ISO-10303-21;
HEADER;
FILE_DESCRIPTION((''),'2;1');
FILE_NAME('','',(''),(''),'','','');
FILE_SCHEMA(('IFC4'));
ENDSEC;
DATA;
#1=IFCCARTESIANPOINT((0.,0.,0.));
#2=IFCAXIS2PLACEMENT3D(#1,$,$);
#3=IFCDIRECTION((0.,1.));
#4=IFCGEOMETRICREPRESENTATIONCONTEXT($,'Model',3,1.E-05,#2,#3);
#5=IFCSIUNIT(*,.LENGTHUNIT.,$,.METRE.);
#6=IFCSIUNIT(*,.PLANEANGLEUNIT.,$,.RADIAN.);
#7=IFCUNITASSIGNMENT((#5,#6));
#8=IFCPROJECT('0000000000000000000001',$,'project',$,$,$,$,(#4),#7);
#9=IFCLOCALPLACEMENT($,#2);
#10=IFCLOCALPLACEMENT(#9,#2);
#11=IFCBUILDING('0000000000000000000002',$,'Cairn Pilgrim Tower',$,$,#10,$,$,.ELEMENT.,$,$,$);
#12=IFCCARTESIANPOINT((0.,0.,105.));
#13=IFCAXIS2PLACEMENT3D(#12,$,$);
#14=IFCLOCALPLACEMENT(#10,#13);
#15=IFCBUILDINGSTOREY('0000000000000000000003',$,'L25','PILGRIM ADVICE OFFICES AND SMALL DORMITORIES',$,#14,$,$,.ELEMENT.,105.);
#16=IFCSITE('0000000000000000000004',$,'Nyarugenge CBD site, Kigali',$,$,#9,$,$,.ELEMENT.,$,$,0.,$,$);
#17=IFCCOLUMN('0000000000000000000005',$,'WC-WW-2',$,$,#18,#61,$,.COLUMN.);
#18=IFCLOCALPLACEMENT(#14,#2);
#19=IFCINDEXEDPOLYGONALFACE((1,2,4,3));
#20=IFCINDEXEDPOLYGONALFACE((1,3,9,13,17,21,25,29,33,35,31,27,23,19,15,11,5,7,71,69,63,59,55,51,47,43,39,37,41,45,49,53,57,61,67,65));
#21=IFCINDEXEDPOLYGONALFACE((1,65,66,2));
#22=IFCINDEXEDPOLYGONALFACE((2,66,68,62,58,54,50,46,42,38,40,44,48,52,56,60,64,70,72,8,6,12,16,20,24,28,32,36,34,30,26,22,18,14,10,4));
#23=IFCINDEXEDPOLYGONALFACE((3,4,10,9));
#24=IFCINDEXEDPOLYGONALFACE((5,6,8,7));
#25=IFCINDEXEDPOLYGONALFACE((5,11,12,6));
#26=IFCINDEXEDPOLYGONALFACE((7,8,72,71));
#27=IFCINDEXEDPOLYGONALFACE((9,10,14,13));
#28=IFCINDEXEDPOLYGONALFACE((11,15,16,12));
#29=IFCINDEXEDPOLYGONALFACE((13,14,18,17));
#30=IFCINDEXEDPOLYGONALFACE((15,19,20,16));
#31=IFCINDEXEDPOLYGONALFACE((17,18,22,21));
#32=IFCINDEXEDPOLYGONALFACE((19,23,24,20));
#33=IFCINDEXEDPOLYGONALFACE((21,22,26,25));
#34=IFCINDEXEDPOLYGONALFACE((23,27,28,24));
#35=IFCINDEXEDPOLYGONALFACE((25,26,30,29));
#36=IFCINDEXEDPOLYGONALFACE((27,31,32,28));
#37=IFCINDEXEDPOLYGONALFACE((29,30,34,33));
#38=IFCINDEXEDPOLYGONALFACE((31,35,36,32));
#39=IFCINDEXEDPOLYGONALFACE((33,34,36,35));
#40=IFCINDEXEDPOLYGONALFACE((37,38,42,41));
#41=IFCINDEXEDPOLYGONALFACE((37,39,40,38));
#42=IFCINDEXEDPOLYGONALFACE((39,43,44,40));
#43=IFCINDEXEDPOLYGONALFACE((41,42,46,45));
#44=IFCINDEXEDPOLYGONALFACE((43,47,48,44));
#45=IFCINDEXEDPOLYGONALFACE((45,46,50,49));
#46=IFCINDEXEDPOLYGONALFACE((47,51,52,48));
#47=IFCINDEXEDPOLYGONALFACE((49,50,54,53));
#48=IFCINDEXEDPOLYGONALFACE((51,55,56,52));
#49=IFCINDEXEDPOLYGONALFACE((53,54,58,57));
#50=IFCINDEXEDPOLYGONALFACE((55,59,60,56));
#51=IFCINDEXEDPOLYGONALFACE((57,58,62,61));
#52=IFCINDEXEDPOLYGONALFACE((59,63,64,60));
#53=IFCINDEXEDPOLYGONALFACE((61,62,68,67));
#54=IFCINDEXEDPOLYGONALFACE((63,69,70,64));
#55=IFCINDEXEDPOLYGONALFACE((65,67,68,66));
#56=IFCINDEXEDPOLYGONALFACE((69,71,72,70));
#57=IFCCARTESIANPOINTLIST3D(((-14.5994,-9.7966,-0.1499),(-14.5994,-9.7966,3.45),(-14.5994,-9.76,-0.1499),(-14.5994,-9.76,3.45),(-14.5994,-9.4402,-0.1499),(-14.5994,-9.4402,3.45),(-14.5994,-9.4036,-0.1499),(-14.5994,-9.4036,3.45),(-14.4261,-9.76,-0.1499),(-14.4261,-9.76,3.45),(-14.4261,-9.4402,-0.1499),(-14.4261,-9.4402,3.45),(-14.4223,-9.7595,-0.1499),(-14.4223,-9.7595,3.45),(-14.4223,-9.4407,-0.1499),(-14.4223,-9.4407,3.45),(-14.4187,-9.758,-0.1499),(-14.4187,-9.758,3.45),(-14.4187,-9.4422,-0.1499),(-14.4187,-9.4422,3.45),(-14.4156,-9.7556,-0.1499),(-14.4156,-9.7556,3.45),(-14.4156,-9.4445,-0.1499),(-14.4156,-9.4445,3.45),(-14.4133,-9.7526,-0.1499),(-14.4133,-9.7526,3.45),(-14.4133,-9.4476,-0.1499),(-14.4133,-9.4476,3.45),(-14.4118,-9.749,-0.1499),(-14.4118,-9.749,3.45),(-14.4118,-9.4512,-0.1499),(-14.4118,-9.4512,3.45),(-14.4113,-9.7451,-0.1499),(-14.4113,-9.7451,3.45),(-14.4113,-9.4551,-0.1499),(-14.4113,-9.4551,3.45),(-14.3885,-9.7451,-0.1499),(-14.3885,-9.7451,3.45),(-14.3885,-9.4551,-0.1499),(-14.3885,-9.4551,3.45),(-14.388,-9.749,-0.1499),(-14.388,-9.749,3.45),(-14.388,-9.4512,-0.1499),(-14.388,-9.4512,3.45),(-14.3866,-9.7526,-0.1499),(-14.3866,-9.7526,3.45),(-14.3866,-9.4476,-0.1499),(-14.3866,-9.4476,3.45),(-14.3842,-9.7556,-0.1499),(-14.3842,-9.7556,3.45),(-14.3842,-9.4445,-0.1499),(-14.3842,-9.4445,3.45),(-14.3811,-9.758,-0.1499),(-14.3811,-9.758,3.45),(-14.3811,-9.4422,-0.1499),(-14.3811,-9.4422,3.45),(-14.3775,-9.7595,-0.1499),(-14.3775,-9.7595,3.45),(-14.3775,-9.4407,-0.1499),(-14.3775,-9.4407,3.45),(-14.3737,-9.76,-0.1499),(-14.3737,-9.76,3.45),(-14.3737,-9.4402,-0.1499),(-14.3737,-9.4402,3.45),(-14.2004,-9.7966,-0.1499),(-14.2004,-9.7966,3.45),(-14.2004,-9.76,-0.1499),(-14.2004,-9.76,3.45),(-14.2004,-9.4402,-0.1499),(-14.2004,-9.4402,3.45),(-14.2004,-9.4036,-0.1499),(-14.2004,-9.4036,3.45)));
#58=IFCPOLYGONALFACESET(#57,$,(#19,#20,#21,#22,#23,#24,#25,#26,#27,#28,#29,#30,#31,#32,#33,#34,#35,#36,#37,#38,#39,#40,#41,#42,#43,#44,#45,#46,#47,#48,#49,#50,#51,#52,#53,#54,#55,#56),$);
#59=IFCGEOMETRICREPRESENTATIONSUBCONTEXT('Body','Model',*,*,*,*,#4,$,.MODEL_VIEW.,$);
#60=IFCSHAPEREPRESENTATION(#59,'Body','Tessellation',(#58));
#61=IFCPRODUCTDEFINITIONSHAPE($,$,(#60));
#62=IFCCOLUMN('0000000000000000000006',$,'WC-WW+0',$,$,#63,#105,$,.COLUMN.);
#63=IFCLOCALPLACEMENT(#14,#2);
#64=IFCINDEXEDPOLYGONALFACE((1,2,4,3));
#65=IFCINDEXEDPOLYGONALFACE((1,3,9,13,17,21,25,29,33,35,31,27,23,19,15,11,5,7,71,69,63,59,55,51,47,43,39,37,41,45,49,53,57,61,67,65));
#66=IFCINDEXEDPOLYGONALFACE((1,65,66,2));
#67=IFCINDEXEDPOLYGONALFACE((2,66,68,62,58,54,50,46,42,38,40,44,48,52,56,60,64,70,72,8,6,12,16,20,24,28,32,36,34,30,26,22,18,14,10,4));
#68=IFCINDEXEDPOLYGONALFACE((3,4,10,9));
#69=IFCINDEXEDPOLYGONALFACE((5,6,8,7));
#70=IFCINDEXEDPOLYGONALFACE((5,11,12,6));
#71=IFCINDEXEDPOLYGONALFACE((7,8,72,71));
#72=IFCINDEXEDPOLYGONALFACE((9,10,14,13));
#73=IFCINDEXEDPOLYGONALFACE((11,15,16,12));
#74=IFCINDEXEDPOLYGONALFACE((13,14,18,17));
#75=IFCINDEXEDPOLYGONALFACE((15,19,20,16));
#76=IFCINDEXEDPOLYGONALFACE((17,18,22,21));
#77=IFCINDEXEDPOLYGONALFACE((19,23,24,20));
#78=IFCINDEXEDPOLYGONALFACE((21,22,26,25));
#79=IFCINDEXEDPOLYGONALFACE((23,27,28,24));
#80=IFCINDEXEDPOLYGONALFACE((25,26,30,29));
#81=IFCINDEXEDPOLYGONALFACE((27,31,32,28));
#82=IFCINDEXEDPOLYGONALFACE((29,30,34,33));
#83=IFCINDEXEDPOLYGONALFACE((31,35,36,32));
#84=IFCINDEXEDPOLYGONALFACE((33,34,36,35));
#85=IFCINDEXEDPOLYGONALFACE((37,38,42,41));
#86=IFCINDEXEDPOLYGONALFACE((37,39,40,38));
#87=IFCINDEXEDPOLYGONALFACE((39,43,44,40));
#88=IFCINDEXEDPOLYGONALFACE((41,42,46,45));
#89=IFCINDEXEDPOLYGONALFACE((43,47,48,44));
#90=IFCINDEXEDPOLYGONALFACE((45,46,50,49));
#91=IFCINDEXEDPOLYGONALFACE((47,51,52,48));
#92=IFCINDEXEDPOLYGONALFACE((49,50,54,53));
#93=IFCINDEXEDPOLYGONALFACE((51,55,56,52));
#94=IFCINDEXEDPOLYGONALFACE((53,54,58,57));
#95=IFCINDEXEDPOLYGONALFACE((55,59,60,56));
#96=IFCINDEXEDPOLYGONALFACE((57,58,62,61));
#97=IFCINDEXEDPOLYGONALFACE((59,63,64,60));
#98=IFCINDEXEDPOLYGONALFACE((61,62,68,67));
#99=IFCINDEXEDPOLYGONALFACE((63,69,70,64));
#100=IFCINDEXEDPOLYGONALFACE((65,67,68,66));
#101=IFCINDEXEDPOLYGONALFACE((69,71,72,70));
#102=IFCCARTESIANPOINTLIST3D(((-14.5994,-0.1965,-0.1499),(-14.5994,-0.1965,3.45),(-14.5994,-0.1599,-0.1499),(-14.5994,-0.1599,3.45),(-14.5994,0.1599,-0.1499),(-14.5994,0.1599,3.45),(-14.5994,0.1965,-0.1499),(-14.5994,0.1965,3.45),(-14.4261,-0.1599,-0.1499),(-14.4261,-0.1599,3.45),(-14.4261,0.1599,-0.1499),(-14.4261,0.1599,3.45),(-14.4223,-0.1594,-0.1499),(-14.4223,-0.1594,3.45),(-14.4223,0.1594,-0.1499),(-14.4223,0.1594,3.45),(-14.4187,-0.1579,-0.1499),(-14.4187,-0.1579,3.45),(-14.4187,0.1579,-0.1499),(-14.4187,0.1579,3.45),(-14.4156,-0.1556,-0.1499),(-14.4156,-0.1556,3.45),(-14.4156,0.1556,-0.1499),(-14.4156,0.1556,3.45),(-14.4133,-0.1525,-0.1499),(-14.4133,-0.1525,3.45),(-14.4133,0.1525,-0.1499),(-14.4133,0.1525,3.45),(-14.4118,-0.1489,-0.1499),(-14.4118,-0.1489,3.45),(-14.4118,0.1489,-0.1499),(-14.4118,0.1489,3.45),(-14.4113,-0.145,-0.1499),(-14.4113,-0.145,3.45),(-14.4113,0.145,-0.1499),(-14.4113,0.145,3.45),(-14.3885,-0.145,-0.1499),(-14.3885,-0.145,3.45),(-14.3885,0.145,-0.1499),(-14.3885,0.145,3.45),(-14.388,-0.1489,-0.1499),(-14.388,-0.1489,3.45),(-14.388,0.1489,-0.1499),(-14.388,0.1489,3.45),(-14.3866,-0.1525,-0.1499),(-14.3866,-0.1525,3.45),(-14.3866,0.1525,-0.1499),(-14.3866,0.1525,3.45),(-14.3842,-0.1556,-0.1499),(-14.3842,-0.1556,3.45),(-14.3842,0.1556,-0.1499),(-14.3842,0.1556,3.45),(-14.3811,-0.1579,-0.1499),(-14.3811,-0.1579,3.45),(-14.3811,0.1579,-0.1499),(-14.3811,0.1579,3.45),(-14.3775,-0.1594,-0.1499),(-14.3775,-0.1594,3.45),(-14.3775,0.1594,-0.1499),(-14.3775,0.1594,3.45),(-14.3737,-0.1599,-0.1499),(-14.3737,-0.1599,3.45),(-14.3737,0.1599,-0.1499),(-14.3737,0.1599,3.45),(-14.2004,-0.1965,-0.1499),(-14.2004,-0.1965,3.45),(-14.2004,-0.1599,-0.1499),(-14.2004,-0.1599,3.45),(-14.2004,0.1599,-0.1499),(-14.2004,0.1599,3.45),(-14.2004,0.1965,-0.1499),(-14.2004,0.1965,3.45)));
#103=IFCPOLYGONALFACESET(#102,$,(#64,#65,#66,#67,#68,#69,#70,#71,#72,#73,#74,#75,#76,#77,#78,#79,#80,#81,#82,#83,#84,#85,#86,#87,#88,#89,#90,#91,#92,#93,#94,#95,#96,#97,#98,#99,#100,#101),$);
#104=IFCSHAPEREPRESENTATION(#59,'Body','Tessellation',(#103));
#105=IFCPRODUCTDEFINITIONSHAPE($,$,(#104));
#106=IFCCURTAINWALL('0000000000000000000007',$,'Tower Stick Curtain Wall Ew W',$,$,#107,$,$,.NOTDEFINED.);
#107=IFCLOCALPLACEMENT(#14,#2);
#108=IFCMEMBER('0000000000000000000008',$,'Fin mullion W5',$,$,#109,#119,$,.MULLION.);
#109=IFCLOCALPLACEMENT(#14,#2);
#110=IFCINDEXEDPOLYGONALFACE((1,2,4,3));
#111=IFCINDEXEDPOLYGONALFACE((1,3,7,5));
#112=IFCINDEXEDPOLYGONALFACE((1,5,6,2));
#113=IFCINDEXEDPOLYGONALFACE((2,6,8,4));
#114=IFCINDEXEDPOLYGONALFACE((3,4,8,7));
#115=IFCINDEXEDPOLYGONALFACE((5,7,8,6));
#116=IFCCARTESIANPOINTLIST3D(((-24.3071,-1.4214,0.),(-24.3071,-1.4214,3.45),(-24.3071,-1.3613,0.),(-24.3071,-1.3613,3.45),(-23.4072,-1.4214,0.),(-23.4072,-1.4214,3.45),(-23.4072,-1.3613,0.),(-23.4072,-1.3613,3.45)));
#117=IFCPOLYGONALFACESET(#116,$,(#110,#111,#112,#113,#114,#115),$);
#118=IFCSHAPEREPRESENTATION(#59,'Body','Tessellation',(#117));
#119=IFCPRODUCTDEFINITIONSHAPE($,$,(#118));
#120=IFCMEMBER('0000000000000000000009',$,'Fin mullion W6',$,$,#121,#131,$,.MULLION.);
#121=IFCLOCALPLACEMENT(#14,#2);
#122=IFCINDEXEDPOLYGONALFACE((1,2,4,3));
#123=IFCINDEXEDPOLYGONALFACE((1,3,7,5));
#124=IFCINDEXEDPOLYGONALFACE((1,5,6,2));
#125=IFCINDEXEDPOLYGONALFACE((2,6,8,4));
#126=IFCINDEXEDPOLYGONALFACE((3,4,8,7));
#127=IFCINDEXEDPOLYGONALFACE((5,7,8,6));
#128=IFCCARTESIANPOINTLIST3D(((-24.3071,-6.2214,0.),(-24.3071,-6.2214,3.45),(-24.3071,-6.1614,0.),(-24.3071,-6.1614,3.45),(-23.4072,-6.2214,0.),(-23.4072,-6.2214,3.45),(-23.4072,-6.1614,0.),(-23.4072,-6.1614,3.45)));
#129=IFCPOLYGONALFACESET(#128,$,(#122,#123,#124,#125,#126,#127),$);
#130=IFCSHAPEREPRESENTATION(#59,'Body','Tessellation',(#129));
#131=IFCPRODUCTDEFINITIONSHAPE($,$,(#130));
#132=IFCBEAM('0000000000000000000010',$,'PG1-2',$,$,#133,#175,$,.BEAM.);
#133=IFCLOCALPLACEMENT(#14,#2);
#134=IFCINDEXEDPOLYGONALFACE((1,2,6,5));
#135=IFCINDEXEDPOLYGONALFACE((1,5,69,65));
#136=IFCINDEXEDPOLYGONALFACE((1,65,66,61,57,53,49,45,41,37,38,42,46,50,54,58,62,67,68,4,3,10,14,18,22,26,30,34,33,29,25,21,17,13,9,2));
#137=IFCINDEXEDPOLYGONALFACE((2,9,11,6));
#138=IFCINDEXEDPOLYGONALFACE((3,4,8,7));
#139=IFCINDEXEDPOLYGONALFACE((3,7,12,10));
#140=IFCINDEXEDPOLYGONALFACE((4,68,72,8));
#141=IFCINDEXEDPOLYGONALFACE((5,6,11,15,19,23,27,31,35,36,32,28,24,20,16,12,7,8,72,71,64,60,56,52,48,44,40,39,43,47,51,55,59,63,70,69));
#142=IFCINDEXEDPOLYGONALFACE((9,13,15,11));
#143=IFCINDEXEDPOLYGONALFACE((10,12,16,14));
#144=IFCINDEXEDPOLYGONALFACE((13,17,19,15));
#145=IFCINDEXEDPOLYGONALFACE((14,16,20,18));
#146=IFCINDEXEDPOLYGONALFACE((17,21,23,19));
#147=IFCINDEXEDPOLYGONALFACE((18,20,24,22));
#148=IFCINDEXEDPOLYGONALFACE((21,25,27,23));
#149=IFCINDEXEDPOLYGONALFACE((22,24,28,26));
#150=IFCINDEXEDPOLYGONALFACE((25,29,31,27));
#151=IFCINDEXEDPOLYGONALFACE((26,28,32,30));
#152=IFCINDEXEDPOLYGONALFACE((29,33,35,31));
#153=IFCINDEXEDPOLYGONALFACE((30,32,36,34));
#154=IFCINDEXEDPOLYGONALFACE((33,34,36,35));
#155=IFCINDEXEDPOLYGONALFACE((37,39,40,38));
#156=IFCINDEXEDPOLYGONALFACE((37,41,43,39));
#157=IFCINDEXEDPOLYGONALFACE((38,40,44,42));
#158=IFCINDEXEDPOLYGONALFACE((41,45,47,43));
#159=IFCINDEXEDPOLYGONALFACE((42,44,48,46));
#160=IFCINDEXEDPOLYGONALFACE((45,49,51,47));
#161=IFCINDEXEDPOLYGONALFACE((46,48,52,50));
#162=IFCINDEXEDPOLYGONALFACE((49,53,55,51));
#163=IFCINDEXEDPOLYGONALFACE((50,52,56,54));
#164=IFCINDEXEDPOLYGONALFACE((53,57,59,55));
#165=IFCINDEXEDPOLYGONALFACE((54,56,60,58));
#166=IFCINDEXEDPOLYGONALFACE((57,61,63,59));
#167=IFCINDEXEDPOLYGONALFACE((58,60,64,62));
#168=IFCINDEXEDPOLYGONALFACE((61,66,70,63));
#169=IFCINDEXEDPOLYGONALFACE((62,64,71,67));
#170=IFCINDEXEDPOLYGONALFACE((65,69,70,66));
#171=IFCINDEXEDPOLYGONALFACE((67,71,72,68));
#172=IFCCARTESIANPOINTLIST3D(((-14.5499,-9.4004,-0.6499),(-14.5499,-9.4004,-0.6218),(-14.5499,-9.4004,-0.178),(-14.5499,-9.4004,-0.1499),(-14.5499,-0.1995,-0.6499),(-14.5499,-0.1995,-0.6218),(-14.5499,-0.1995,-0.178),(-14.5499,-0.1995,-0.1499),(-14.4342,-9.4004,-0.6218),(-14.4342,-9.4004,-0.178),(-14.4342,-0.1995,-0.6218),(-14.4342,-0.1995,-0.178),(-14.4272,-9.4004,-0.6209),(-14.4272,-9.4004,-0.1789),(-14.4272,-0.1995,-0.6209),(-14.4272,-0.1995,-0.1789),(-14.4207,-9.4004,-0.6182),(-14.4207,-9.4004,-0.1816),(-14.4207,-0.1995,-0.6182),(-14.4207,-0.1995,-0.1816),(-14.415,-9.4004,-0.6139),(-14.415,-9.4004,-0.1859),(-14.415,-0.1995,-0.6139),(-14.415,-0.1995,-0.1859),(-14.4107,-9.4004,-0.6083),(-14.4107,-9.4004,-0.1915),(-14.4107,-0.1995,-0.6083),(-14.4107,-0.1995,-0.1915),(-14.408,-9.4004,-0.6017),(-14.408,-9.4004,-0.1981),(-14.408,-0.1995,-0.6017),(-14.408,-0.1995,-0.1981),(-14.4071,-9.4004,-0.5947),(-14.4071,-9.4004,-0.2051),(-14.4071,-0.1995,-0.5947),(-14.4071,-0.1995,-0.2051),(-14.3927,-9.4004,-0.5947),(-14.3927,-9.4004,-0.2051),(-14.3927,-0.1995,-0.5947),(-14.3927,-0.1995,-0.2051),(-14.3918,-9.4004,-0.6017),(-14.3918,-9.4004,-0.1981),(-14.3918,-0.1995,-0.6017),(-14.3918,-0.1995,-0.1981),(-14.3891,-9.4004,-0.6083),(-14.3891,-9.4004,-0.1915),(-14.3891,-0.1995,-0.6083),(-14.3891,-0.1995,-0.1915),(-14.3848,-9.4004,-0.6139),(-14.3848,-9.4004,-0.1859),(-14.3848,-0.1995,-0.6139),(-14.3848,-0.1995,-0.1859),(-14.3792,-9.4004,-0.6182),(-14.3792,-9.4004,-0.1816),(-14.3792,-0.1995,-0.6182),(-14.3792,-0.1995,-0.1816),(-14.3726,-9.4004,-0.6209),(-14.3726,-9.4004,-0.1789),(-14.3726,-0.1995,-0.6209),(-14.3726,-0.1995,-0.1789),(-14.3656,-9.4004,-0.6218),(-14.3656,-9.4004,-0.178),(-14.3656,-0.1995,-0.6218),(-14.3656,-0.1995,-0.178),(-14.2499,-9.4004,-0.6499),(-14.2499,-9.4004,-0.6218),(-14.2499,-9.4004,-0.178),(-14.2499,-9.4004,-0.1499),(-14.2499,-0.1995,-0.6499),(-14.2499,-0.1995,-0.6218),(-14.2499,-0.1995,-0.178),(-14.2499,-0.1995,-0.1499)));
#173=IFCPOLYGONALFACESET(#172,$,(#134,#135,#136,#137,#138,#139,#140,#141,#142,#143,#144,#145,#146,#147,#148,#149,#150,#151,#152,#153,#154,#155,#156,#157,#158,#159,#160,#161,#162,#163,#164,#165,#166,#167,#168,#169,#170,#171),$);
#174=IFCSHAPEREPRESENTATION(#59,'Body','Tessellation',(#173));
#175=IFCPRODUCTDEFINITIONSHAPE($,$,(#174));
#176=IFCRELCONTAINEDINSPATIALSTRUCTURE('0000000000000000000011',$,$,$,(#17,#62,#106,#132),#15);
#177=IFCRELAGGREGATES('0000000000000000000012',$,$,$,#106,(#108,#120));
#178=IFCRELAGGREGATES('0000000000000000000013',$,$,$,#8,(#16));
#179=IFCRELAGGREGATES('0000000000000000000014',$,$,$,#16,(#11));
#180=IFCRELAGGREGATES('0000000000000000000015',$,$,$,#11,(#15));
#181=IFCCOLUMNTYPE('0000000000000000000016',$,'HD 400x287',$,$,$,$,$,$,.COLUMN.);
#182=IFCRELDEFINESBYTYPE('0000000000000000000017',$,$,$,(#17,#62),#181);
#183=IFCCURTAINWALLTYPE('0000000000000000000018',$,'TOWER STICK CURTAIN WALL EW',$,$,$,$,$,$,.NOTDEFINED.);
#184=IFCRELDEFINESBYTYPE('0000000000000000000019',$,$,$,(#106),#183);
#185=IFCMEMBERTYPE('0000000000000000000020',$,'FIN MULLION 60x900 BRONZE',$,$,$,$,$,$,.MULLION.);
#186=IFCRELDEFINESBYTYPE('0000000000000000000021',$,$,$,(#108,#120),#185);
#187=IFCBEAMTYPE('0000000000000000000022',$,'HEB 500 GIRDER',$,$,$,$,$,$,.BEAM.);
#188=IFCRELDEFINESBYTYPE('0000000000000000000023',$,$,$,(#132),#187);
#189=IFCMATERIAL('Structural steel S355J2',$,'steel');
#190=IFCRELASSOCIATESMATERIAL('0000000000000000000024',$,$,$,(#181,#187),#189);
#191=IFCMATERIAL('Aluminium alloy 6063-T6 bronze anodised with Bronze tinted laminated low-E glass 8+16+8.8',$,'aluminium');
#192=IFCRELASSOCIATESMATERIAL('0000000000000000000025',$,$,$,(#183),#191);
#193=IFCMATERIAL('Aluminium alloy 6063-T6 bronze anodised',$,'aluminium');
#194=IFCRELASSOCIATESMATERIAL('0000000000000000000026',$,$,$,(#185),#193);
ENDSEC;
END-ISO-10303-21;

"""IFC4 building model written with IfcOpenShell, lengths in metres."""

from ifc_helpers import new_model, si_unit, direction, frame, origin, origin_2d, place, context, subcontext, project, spatial, rectangle, i_section, extrude, material, material_profile, profile_set, type_object, element, aggregate, save


model = new_model("IFC4")

# Units and contexts
model_context = context("Model", 3, precision=1e-05, world=origin(), true_north=direction((0.0, 1.0)))
body_context = subcontext(model_context, "Body", "Model", "MODEL_VIEW")
ifc_project = project(units=[si_unit("LENGTHUNIT", "METRE"), si_unit("PLANEANGLEUNIT", "RADIAN")], contexts=[model_context])

# Site, building, storey
site_placement = place(None, origin())
site = spatial("IfcSite", under=ifc_project, at=site_placement, Name="Nyarugenge CBD site, Kigali", CompositionType="ELEMENT", RefElevation=0.0)
building_placement = place(site_placement, origin())
building = spatial("IfcBuilding", under=site, at=building_placement, Name="Cairn Pilgrim Tower", CompositionType="ELEMENT")
storey_placement = place(building_placement, frame((0.0, 0.0, 105.0)))
storey = spatial("IfcBuildingStorey", under=building, at=storey_placement, Name="L25", Description="PILGRIM ADVICE OFFICES AND SMALL DORMITORIES", CompositionType="ELEMENT", Elevation=105.0)

# Columns
ifc_material_1 = material(Name="Structural steel S355J2", Category="steel")
ifc_material_profile_1 = material_profile(ifc_material_1, i_section(OverallWidth=0.3989, OverallDepth=0.3931, WebThickness=0.0227, FlangeThickness=0.0366, FilletRadius=0.0149, at=origin_2d()), Name="HD 400x287")
ifc_profile_set_1 = profile_set([ifc_material_profile_1], Name="Structural steel S355J2")
column_type_1 = type_object("IfcColumnType", Name="HD 400x287", PredefinedType="COLUMN", material=ifc_profile_set_1)
for number, where, z_axis, x_axis, name in (
    (1, (-14.3999, -9.6001, -0.1499), (0.0, 0.0, 1.0), (1.0, 0.0, 0.0), "WC-WW-2"),
    (2, (-14.3999, 0.0, -0.1499), (0.0, 0.0, 1.0), (1.0, 0.0, 0.0), "WC-WW+0"),
):
    element("IfcColumn", number, at=place(storey_placement, frame(where, z_axis=z_axis, x_axis=x_axis)), inside=storey, type_object=column_type_1, Name=name, PredefinedType="COLUMN", context=body_context, shape_type="SweptSolid", body=[
        extrude(i_section(OverallWidth=0.3989, OverallDepth=0.3931, WebThickness=0.0227, FlangeThickness=0.0366, FilletRadius=0.0149, at=origin_2d()), origin(), (0.0, 0.0, 1.0), 3.5999),
    ])

# Curtain wall, members
ifc_material_2 = material(Name="Aluminium alloy 6063-T6 bronze anodised with Bronze tinted laminated low-E glass 8+16+8.8", Category="aluminium")
curtain_wall_type = type_object("IfcCurtainWallType", Name="TOWER STICK CURTAIN WALL EW", PredefinedType="NOTDEFINED", material=ifc_material_2)
curtain_wall_placement = place(storey_placement, origin())
curtain_wall = element("IfcCurtainWall", 3, at=curtain_wall_placement, inside=storey, type_object=curtain_wall_type, Name="Tower Stick Curtain Wall Ew W", PredefinedType="NOTDEFINED")
ifc_material_3 = material(Name="Aluminium alloy 6063-T6 bronze anodised", Category="aluminium")
ifc_material_profile_2 = material_profile(ifc_material_3, rectangle(XDim=0.8999, YDim=0.0601, at=origin_2d()), Name="FIN MULLION 60x900 BRONZE")
ifc_profile_set_2 = profile_set([ifc_material_profile_2], Name="Aluminium alloy 6063-T6 bronze anodised")
member_type_1 = type_object("IfcMemberType", Name="FIN MULLION 60x900 BRONZE", PredefinedType="MULLION", material=ifc_profile_set_2)
member_1_placement = place(storey_placement, frame((-23.8572, -1.3914, 0.0), z_axis=(0.0, 0.0, 1.0), x_axis=(-1.0, 0.0, 0.0)))
member_1 = element("IfcMember", 4, at=member_1_placement, type_object=member_type_1, Name="Fin mullion W5", PredefinedType="MULLION", context=body_context, shape_type="SweptSolid", body=[
    extrude(rectangle(XDim=0.8999, YDim=0.0601, at=origin_2d()), origin(), (0.0, 0.0, 1.0), 3.45),
])
member_2_placement = place(storey_placement, frame((-23.8572, -6.1914, 0.0), z_axis=(0.0, 0.0, 1.0), x_axis=(-1.0, 0.0, 0.0)))
member_2 = element("IfcMember", 5, at=member_2_placement, type_object=member_type_1, Name="Fin mullion W6", PredefinedType="MULLION", context=body_context, shape_type="SweptSolid", body=[
    extrude(rectangle(XDim=0.8999, YDim=0.0601, at=origin_2d()), origin(), (0.0, 0.0, 1.0), 3.45),
])

# Beam
ifc_material_profile_3 = material_profile(ifc_material_1, i_section(OverallWidth=0.3, OverallDepth=0.5, WebThickness=0.0144, FlangeThickness=0.0281, FilletRadius=0.0271, at=origin_2d()), Name="HEB 500")
ifc_profile_set_3 = profile_set([ifc_material_profile_3], Name="Structural steel S355J2")
beam_type_1 = type_object("IfcBeamType", Name="HEB 500 GIRDER", PredefinedType="BEAM", material=ifc_profile_set_3)
for number, where, z_axis, x_axis, name in (
    (6, (-14.3999, -9.4004, -0.3999), (0.0, 1.0, 0.0), (-1.0, 0.0, 0.0), "PG1-2"),
):
    element("IfcBeam", number, at=place(storey_placement, frame(where, z_axis=z_axis, x_axis=x_axis)), inside=storey, type_object=beam_type_1, Name=name, PredefinedType="BEAM", context=body_context, shape_type="SweptSolid", body=[
        extrude(i_section(OverallWidth=0.3, OverallDepth=0.5, WebThickness=0.0144, FlangeThickness=0.0281, FilletRadius=0.0271, at=origin_2d()), origin(), (0.0, 0.0, 1.0), 9.2009),
    ])

aggregate(curtain_wall, [member_1, member_2])

save(model, "model.ifc")
